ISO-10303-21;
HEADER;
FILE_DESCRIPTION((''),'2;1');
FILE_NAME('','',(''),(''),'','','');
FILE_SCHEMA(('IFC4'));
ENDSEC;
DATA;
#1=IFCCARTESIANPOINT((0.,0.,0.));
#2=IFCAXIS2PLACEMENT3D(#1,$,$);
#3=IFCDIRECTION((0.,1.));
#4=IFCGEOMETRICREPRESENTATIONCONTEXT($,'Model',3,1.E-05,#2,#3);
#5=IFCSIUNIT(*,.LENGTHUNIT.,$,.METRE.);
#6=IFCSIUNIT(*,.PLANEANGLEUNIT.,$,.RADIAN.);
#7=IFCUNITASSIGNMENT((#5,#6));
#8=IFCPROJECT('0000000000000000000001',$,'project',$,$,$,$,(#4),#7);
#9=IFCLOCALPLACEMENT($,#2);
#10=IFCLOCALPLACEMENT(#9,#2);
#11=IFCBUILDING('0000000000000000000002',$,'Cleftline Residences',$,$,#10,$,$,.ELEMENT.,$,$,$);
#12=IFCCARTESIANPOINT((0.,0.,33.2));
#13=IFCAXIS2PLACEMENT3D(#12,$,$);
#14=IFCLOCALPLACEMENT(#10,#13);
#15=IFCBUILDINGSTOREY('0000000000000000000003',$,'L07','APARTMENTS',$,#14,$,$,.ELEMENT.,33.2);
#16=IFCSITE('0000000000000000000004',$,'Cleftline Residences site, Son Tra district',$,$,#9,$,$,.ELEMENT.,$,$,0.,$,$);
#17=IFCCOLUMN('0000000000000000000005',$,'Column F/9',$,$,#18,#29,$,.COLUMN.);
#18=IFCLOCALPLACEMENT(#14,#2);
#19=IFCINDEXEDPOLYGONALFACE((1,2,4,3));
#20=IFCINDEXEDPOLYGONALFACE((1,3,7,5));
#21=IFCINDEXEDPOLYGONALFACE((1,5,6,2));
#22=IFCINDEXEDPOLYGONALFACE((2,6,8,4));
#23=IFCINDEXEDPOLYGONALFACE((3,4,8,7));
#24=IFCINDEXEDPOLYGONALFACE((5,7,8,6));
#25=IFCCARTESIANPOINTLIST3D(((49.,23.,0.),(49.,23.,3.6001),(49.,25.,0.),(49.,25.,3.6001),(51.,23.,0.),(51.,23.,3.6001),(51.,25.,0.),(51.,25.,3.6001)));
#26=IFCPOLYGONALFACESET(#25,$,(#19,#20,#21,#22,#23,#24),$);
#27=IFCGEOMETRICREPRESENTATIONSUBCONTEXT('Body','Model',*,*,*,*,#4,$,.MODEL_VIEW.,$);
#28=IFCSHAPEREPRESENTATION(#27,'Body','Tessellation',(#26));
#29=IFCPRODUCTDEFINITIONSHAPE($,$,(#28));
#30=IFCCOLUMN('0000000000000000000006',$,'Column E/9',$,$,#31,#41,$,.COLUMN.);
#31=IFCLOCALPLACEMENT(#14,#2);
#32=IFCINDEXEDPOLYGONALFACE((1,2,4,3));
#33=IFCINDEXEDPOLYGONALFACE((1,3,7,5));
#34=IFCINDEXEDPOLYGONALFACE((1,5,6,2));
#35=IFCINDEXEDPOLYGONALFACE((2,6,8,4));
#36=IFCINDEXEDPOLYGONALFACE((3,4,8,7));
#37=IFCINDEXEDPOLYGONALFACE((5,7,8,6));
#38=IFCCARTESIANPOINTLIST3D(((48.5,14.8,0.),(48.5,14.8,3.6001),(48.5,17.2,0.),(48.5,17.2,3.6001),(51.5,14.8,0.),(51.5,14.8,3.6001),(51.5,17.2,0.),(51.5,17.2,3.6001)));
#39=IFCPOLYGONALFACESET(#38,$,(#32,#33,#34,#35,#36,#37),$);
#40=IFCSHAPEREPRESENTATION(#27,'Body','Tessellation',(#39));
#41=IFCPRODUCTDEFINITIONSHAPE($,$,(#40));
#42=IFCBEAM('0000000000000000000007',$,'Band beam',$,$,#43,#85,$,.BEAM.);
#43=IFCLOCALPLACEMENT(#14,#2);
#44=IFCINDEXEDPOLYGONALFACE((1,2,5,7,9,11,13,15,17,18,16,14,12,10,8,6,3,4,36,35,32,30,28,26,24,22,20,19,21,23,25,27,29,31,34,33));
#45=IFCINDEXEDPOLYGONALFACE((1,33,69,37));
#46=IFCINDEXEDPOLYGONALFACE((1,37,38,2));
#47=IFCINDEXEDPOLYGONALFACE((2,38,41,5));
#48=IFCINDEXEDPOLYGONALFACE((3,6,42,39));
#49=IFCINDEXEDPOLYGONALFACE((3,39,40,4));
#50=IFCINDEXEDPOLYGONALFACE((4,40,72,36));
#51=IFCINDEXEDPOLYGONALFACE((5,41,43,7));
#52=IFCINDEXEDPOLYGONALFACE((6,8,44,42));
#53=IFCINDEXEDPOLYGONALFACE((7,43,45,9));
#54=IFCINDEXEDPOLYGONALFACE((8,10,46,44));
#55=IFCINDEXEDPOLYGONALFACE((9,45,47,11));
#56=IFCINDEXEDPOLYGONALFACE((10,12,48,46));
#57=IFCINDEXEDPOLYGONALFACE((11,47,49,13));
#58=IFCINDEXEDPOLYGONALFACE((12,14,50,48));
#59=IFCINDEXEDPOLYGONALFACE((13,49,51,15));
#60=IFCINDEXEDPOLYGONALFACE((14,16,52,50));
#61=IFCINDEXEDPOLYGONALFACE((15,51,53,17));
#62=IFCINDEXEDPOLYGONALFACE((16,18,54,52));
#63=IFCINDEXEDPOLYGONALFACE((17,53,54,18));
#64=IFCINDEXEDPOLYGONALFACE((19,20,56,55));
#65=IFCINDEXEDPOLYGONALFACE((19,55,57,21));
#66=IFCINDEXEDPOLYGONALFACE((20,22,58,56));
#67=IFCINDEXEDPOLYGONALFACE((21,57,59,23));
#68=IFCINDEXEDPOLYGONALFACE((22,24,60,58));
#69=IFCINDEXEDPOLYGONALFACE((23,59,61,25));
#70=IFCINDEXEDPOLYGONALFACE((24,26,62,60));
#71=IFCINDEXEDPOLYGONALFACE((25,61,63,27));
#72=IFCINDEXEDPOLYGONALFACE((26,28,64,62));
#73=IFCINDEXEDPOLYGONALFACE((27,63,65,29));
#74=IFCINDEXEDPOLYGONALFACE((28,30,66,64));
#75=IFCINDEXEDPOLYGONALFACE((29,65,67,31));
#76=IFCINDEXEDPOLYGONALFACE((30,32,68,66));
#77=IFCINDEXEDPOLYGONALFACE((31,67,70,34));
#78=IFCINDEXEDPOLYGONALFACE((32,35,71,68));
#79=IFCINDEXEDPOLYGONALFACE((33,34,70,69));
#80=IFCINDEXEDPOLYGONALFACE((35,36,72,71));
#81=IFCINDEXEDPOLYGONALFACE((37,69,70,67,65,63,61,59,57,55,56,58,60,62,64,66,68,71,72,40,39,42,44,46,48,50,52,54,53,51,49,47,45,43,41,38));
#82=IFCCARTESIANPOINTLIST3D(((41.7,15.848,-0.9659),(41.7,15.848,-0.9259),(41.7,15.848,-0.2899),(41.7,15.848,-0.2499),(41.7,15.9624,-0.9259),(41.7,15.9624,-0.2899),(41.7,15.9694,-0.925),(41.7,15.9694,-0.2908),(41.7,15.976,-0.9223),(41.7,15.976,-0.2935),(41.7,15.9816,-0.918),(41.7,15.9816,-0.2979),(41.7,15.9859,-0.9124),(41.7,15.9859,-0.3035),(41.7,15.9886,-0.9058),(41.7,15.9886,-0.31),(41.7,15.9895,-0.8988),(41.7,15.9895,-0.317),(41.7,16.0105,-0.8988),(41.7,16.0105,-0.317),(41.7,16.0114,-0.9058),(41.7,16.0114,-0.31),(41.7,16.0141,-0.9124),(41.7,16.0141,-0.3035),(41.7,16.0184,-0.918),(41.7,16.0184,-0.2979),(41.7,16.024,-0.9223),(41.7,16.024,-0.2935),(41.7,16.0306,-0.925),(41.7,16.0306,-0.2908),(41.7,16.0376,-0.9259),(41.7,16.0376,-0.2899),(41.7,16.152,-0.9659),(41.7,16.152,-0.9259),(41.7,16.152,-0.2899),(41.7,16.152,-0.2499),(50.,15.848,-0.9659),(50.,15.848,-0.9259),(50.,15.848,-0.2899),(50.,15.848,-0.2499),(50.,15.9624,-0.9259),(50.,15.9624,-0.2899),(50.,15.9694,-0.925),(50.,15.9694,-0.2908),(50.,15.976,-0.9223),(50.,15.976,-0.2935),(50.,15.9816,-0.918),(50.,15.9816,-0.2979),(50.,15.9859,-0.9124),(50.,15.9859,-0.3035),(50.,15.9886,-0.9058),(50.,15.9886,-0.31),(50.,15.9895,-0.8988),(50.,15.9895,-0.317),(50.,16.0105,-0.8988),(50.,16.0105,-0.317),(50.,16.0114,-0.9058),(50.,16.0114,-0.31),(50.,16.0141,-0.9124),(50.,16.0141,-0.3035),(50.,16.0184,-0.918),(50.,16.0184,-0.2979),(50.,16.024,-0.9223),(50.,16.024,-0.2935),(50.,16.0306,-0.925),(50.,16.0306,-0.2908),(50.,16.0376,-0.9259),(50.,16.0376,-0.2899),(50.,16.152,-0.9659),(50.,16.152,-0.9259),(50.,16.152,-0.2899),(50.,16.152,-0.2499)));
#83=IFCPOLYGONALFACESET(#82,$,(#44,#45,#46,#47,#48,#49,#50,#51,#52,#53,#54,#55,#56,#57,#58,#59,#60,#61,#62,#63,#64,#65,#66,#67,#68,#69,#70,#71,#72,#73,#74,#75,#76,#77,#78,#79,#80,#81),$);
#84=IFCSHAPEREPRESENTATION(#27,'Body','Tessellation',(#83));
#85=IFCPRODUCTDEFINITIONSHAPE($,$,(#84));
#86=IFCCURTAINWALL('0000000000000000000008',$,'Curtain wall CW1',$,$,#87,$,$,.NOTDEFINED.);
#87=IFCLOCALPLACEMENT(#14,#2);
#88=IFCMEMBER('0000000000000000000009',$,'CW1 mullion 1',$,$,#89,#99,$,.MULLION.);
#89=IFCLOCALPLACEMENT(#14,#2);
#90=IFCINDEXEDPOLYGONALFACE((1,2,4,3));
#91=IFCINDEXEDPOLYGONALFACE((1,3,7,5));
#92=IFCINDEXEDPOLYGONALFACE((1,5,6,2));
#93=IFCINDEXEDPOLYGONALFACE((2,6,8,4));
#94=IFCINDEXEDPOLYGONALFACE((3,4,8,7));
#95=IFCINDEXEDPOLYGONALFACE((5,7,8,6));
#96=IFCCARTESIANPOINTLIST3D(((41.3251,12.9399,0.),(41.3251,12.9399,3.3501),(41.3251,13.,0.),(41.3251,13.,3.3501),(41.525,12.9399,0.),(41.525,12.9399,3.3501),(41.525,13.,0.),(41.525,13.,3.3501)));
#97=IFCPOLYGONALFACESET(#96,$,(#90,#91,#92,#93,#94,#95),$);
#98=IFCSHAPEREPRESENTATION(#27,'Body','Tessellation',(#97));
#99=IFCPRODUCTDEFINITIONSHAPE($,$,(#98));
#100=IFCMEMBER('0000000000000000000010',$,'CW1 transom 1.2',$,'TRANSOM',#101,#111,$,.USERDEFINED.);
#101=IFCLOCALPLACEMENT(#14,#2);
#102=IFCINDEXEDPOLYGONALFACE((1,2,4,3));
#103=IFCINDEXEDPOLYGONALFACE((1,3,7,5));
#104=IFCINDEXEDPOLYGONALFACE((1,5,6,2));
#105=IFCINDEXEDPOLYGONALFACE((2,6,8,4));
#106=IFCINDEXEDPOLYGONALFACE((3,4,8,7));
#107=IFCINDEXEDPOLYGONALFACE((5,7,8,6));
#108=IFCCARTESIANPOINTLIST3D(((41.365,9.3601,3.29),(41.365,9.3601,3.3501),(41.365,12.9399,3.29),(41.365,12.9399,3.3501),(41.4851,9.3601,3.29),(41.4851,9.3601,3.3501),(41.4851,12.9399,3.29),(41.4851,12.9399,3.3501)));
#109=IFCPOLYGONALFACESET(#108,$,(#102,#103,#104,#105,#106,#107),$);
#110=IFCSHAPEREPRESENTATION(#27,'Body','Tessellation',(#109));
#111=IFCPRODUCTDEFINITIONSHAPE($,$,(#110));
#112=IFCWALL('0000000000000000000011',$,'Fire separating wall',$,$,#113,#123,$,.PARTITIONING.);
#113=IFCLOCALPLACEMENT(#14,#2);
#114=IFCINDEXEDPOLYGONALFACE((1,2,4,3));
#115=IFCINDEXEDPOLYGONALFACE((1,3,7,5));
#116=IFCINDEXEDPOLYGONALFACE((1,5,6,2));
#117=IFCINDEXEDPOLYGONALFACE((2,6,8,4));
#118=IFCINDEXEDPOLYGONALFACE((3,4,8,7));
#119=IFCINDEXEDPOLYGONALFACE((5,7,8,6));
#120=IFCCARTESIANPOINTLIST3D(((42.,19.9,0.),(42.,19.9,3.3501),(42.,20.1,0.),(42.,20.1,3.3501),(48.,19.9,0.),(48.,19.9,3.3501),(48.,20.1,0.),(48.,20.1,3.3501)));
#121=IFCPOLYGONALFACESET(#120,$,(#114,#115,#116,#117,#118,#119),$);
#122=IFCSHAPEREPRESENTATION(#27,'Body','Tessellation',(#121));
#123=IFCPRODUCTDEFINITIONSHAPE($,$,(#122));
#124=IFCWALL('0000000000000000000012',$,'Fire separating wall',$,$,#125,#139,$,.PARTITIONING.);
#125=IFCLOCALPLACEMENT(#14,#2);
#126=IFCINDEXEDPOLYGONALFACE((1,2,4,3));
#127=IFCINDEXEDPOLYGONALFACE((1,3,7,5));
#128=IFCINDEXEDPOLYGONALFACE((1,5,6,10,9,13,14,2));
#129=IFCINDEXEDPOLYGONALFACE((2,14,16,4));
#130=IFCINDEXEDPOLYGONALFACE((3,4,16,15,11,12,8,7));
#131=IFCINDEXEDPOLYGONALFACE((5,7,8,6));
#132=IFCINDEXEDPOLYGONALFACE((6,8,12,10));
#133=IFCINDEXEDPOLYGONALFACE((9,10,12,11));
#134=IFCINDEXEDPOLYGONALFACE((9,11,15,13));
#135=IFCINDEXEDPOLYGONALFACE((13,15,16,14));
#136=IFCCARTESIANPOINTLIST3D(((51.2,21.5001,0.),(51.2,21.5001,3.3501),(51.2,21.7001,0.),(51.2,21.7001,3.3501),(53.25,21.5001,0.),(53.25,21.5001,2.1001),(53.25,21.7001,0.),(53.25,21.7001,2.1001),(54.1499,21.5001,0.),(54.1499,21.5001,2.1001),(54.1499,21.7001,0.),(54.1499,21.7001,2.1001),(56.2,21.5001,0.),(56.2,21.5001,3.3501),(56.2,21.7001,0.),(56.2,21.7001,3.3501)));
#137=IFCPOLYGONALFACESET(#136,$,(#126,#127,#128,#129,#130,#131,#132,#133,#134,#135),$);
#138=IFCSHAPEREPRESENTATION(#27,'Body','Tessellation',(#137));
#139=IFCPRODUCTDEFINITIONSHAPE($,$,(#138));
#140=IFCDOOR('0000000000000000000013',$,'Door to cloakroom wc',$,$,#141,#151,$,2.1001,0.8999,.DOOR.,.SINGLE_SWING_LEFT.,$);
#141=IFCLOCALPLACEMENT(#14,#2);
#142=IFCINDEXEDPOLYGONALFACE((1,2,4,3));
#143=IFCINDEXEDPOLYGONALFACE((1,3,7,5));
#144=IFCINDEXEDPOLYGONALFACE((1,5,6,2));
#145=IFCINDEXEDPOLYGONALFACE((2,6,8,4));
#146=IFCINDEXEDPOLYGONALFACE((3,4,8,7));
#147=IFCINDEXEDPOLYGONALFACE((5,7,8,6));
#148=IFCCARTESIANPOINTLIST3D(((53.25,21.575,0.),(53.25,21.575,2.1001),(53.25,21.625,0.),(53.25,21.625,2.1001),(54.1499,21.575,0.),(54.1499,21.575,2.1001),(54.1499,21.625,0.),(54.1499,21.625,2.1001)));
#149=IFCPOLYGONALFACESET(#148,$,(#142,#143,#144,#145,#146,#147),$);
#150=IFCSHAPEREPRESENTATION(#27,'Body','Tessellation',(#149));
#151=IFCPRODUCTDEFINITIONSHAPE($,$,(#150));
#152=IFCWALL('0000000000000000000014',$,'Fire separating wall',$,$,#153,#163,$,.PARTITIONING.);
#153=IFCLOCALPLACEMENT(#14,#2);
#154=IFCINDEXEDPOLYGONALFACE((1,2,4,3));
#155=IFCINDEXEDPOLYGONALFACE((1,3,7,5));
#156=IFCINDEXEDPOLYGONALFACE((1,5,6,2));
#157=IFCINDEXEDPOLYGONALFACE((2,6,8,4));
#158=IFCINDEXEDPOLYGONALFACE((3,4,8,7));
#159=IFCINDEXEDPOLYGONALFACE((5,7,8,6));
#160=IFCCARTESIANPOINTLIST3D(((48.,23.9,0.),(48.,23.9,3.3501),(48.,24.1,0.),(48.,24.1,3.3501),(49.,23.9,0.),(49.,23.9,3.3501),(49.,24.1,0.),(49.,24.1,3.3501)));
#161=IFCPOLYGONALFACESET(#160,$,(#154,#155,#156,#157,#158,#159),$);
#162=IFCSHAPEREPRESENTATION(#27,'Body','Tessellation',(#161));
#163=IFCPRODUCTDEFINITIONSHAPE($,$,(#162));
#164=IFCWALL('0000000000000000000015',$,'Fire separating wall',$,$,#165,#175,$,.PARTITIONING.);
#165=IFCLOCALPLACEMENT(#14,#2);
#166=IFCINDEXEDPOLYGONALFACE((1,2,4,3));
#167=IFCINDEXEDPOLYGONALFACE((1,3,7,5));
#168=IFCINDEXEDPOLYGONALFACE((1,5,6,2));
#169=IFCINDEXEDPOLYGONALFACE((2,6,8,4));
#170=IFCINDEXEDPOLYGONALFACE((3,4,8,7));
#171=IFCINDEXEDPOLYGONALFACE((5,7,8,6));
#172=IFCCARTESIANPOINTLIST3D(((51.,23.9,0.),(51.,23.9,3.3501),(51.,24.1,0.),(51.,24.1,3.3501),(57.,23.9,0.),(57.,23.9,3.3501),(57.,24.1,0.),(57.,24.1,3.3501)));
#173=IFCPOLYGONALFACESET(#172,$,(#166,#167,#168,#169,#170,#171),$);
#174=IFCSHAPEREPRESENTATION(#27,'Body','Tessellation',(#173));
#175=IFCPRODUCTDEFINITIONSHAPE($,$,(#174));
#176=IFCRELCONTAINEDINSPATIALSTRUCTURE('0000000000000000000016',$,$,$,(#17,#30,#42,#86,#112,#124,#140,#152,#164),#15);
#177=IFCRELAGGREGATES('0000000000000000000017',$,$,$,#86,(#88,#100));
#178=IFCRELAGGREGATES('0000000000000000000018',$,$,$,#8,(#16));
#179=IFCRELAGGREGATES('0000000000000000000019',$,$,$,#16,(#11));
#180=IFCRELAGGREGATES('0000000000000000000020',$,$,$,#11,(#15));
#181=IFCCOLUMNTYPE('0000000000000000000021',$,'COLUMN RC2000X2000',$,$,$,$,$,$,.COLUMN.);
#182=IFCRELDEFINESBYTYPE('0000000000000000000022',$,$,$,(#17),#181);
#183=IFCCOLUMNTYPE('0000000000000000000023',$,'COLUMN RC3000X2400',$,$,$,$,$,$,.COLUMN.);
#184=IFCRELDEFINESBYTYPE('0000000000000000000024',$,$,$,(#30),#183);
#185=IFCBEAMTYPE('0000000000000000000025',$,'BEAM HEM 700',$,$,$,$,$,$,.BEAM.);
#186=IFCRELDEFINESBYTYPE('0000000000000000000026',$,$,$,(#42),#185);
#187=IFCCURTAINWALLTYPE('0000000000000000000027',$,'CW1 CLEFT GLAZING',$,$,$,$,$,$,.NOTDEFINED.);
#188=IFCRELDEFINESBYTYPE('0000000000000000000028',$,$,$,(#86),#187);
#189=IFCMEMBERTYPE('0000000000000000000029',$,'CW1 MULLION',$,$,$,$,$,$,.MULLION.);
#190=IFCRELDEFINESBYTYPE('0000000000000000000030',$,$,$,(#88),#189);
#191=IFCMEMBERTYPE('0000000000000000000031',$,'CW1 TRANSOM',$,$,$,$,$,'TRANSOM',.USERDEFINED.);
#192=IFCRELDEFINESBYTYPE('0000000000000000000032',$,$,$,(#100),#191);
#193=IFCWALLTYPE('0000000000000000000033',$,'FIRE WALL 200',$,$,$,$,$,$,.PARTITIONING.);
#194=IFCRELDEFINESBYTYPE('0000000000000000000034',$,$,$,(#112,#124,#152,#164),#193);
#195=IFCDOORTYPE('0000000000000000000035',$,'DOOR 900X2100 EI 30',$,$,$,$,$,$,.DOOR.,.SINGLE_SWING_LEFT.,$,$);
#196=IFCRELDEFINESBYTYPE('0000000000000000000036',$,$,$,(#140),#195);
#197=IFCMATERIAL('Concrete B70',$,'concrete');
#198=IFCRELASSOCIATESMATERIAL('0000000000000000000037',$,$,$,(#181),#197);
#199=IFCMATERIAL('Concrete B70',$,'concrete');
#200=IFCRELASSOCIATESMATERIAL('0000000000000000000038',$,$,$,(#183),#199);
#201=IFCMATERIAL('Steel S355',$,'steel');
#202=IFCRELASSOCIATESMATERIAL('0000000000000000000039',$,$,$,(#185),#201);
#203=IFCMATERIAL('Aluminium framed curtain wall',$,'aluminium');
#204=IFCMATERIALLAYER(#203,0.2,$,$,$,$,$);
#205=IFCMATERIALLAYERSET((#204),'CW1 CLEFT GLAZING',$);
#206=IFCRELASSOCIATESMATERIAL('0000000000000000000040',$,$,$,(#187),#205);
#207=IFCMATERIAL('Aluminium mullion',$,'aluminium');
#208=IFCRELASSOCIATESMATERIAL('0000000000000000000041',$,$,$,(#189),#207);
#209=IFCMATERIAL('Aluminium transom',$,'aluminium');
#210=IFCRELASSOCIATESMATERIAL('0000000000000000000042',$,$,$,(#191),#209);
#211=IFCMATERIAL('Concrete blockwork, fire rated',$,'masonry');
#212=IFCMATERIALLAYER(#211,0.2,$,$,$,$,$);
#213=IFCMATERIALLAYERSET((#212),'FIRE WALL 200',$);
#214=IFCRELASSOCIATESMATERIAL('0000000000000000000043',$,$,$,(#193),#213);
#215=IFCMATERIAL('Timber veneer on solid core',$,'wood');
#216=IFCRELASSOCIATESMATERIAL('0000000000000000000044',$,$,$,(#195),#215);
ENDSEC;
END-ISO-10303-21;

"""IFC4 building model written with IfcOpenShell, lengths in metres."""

from ifc_helpers import new_model, si_unit, direction, frame, frame_2d, origin, origin_2d, place, context, subcontext, project, spatial, rectangle, i_section, extrude, material, layer, layer_set, material_profile, profile_set, type_object, element, fill, aggregate, save


model = new_model("IFC4")

# Units and contexts
model_context = context("Model", 3, precision=1e-05, world=origin(), true_north=direction((0.0, 1.0)))
body_context = subcontext(model_context, "Body", "Model", "MODEL_VIEW")
ifc_project = project(units=[si_unit("LENGTHUNIT", "METRE"), si_unit("PLANEANGLEUNIT", "RADIAN")], contexts=[model_context])

# Site, building, storey
site_placement = place(None, origin())
site = spatial("IfcSite", under=ifc_project, at=site_placement, Name="Cleftline Residences site, Son Tra district", CompositionType="ELEMENT", RefElevation=0.0)
building_placement = place(site_placement, origin())
building = spatial("IfcBuilding", under=site, at=building_placement, Name="Cleftline Residences", CompositionType="ELEMENT")
storey_placement = place(building_placement, frame((0.0, 0.0, 33.2)))
storey = spatial("IfcBuildingStorey", under=building, at=storey_placement, Name="L07", Description="APARTMENTS", CompositionType="ELEMENT", Elevation=33.2)

# Columns
ifc_material_1 = material(Name="Concrete B70", Category="concrete")
ifc_material_profile_1 = material_profile(ifc_material_1, rectangle(XDim=2.0, YDim=2.0, at=origin_2d()))
ifc_profile_set_1 = profile_set([ifc_material_profile_1], Name="Concrete B70")
column_type_1 = type_object("IfcColumnType", Name="COLUMN RC2000X2000", PredefinedType="COLUMN", material=ifc_profile_set_1)
column_1_placement = place(storey_placement, frame((50.0, 24.0, 0.0), z_axis=(0.0, 0.0, 1.0), x_axis=(1.0, 0.0, 0.0)))
element("IfcColumn", 1, at=column_1_placement, inside=storey, type_object=column_type_1, Name="Column F/9", PredefinedType="COLUMN", context=body_context, shape_type="SweptSolid", body=[
    extrude(rectangle(XDim=2.0, YDim=2.0, at=origin_2d()), origin(), (0.0, 0.0, 1.0), 3.6001),
])
ifc_material_2 = material(Name="Concrete B70", Category="concrete")
ifc_material_profile_2 = material_profile(ifc_material_2, rectangle(XDim=3.0, YDim=2.3999, at=origin_2d()))
ifc_profile_set_2 = profile_set([ifc_material_profile_2], Name="Concrete B70")
column_type_2 = type_object("IfcColumnType", Name="COLUMN RC3000X2400", PredefinedType="COLUMN", material=ifc_profile_set_2)
column_2_placement = place(storey_placement, frame((50.0, 16.0, 0.0), z_axis=(0.0, 0.0, 1.0), x_axis=(1.0, 0.0, 0.0)))
element("IfcColumn", 2, at=column_2_placement, inside=storey, type_object=column_type_2, Name="Column E/9", PredefinedType="COLUMN", context=body_context, shape_type="SweptSolid", body=[
    extrude(rectangle(XDim=3.0, YDim=2.3999, at=origin_2d()), origin(), (0.0, 0.0, 1.0), 3.6001),
])

# Beam
ifc_material_3 = material(Name="Steel S355", Category="steel")
ifc_material_profile_3 = material_profile(ifc_material_3, i_section(OverallWidth=0.304, OverallDepth=0.7161, WebThickness=0.021, FlangeThickness=0.04, FilletRadius=0.0271, at=origin_2d()))
ifc_profile_set_3 = profile_set([ifc_material_profile_3], Name="Steel S355")
beam_type = type_object("IfcBeamType", Name="BEAM HEM 700", PredefinedType="BEAM", material=ifc_profile_set_3)
beam_placement = place(storey_placement, frame((50.0, 16.0, -0.6079), z_axis=(-1.0, 0.0, 0.0), x_axis=(0.0, -1.0, 0.0)))
element("IfcBeam", 3, at=beam_placement, inside=storey, type_object=beam_type, Name="Band beam", PredefinedType="BEAM", context=body_context, shape_type="SweptSolid", body=[
    extrude(i_section(OverallWidth=0.304, OverallDepth=0.7161, WebThickness=0.021, FlangeThickness=0.04, FilletRadius=0.0271, at=origin_2d()), origin(), (0.0, 0.0, 1.0), 8.3),
])

# Curtain wall, members
ifc_material_4 = material(Name="Aluminium framed curtain wall", Category="aluminium")
ifc_layer_1 = layer(ifc_material_4, 0.2)
ifc_layer_set_1 = layer_set([ifc_layer_1], Name="CW1 CLEFT GLAZING")
curtain_wall_type = type_object("IfcCurtainWallType", Name="CW1 CLEFT GLAZING", PredefinedType="NOTDEFINED", material=ifc_layer_set_1)
curtain_wall_placement = place(storey_placement, origin())
curtain_wall = element("IfcCurtainWall", 4, at=curtain_wall_placement, inside=storey, type_object=curtain_wall_type, Name="Curtain wall CW1", PredefinedType="NOTDEFINED")
ifc_material_5 = material(Name="Aluminium mullion", Category="aluminium")
ifc_material_profile_4 = material_profile(ifc_material_5, rectangle(XDim=0.2, YDim=0.0601, at=origin_2d()))
ifc_profile_set_4 = profile_set([ifc_material_profile_4], Name="Aluminium mullion")
member_type_1 = type_object("IfcMemberType", Name="CW1 MULLION", PredefinedType="MULLION", material=ifc_profile_set_4)
member_1_placement = place(storey_placement, frame((41.425, 12.97, 0.0), z_axis=(0.0, 0.0, 1.0), x_axis=(1.0, 0.0, 0.0)))
member_1 = element("IfcMember", 5, at=member_1_placement, type_object=member_type_1, Name="CW1 mullion 1", PredefinedType="MULLION", context=body_context, shape_type="SweptSolid", body=[
    extrude(rectangle(XDim=0.2, YDim=0.0601, at=origin_2d()), origin(), (0.0, 0.0, 1.0), 3.3501),
])
ifc_material_6 = material(Name="Aluminium transom", Category="aluminium")
ifc_material_profile_5 = material_profile(ifc_material_6, rectangle(XDim=0.1201, YDim=0.0601, at=origin_2d()))
ifc_profile_set_5 = profile_set([ifc_material_profile_5], Name="Aluminium transom")
member_type_2 = type_object("IfcMemberType", Name="CW1 TRANSOM", ElementType="TRANSOM", PredefinedType="USERDEFINED", material=ifc_profile_set_5)
member_2_placement = place(storey_placement, frame((41.425, 12.9399, 3.3201), z_axis=(0.0, -1.0, 0.0), x_axis=(1.0, 0.0, 0.0)))
member_2 = element("IfcMember", 6, at=member_2_placement, type_object=member_type_2, Name="CW1 transom 1.2", ObjectType="TRANSOM", PredefinedType="USERDEFINED", context=body_context, shape_type="SweptSolid", body=[
    extrude(rectangle(XDim=0.1201, YDim=0.0601, at=origin_2d()), origin(), (0.0, 0.0, 1.0), 3.5798),
])
aggregate(curtain_wall, [member_1, member_2])

# Wall
ifc_material_7 = material(Name="Concrete blockwork, fire rated", Category="masonry")
ifc_layer_2 = layer(ifc_material_7, 0.2)
ifc_layer_set_2 = layer_set([ifc_layer_2], Name="FIRE WALL 200")
wall_type_1 = type_object("IfcWallType", Name="FIRE WALL 200", PredefinedType="PARTITIONING", material=ifc_layer_set_2)
wall_1_placement = place(storey_placement, frame((42.0, 20.0, 0.0), z_axis=(0.0, 0.0, 1.0), x_axis=(1.0, 0.0, 0.0)))
element("IfcWall", 7, at=wall_1_placement, inside=storey, type_object=wall_type_1, Name="Fire separating wall", PredefinedType="PARTITIONING", context=body_context, shape_type="SweptSolid", body=[
    extrude(rectangle(XDim=6.0, YDim=0.2, at=frame_2d((3.0, 0.0))), origin(), (0.0, 0.0, 1.0), 3.3501),
])

# Wall, opening, door
wall_2_placement = place(storey_placement, frame((51.2, 21.6001, 0.0), z_axis=(0.0, 0.0, 1.0), x_axis=(1.0, 0.0, 0.0)))
wall_2 = element("IfcWall", 8, at=wall_2_placement, inside=storey, type_object=wall_type_1, Name="Fire separating wall", PredefinedType="PARTITIONING", context=body_context, shape_type="SweptSolid", body=[
    extrude(rectangle(XDim=5.0, YDim=0.2, at=frame_2d((2.5, 0.0))), origin(), (0.0, 0.0, 1.0), 3.3501),
])
opening_1_placement = place(wall_2_placement, frame((2.05, 0.0, 0.0)))
opening_1 = element("IfcOpeningElement", 9, at=opening_1_placement, cuts=wall_2, PredefinedType="OPENING", context=body_context, shape_type="SweptSolid", body=[
    extrude(rectangle(XDim=0.8999, YDim=2.1001, at=frame_2d((0.45, 1.05))), frame((0.0, 0.1099, 0.0), z_axis=(0.0, -1.0, 0.0), x_axis=(1.0, 0.0, 0.0)), (0.0, 0.0, 1.0), 0.22),
])
ifc_material_8 = material(Name="Timber veneer on solid core", Category="wood")
door_type_1 = type_object("IfcDoorType", Name="DOOR 900X2100 EI 30", OperationType="SINGLE_SWING_LEFT", PredefinedType="DOOR", material=ifc_material_8)
door_1_placement = place(opening_1_placement, origin())
door_1 = element("IfcDoor", 10, at=door_1_placement, inside=storey, type_object=door_type_1, Name="Door to cloakroom wc", OperationType="SINGLE_SWING_LEFT", OverallHeight=2.1001, OverallWidth=0.8999, PredefinedType="DOOR", context=body_context, shape_type="SweptSolid", body=[
    extrude(rectangle(XDim=0.8999, YDim=2.1001, at=frame_2d((0.45, 1.05))), frame((0.0, 0.0249, 0.0), z_axis=(0.0, -1.0, 0.0), x_axis=(1.0, 0.0, 0.0)), (0.0, 0.0, 1.0), 0.05),
])
fill(opening_1, door_1)

# Walls
wall_3_placement = place(storey_placement, frame((48.0, 24.0, 0.0), z_axis=(0.0, 0.0, 1.0), x_axis=(1.0, 0.0, 0.0)))
element("IfcWall", 11, at=wall_3_placement, inside=storey, type_object=wall_type_1, Name="Fire separating wall", PredefinedType="PARTITIONING", context=body_context, shape_type="SweptSolid", body=[
    extrude(rectangle(XDim=1.0, YDim=0.2, at=frame_2d((0.5, 0.0))), origin(), (0.0, 0.0, 1.0), 3.3501),
])
wall_4_placement = place(storey_placement, frame((51.0, 24.0, 0.0), z_axis=(0.0, 0.0, 1.0), x_axis=(1.0, 0.0, 0.0)))
element("IfcWall", 12, at=wall_4_placement, inside=storey, type_object=wall_type_1, Name="Fire separating wall", PredefinedType="PARTITIONING", context=body_context, shape_type="SweptSolid", body=[
    extrude(rectangle(XDim=6.0, YDim=0.2, at=frame_2d((3.0, 0.0))), origin(), (0.0, 0.0, 1.0), 3.3501),
])

save(model, "model.ifc")
